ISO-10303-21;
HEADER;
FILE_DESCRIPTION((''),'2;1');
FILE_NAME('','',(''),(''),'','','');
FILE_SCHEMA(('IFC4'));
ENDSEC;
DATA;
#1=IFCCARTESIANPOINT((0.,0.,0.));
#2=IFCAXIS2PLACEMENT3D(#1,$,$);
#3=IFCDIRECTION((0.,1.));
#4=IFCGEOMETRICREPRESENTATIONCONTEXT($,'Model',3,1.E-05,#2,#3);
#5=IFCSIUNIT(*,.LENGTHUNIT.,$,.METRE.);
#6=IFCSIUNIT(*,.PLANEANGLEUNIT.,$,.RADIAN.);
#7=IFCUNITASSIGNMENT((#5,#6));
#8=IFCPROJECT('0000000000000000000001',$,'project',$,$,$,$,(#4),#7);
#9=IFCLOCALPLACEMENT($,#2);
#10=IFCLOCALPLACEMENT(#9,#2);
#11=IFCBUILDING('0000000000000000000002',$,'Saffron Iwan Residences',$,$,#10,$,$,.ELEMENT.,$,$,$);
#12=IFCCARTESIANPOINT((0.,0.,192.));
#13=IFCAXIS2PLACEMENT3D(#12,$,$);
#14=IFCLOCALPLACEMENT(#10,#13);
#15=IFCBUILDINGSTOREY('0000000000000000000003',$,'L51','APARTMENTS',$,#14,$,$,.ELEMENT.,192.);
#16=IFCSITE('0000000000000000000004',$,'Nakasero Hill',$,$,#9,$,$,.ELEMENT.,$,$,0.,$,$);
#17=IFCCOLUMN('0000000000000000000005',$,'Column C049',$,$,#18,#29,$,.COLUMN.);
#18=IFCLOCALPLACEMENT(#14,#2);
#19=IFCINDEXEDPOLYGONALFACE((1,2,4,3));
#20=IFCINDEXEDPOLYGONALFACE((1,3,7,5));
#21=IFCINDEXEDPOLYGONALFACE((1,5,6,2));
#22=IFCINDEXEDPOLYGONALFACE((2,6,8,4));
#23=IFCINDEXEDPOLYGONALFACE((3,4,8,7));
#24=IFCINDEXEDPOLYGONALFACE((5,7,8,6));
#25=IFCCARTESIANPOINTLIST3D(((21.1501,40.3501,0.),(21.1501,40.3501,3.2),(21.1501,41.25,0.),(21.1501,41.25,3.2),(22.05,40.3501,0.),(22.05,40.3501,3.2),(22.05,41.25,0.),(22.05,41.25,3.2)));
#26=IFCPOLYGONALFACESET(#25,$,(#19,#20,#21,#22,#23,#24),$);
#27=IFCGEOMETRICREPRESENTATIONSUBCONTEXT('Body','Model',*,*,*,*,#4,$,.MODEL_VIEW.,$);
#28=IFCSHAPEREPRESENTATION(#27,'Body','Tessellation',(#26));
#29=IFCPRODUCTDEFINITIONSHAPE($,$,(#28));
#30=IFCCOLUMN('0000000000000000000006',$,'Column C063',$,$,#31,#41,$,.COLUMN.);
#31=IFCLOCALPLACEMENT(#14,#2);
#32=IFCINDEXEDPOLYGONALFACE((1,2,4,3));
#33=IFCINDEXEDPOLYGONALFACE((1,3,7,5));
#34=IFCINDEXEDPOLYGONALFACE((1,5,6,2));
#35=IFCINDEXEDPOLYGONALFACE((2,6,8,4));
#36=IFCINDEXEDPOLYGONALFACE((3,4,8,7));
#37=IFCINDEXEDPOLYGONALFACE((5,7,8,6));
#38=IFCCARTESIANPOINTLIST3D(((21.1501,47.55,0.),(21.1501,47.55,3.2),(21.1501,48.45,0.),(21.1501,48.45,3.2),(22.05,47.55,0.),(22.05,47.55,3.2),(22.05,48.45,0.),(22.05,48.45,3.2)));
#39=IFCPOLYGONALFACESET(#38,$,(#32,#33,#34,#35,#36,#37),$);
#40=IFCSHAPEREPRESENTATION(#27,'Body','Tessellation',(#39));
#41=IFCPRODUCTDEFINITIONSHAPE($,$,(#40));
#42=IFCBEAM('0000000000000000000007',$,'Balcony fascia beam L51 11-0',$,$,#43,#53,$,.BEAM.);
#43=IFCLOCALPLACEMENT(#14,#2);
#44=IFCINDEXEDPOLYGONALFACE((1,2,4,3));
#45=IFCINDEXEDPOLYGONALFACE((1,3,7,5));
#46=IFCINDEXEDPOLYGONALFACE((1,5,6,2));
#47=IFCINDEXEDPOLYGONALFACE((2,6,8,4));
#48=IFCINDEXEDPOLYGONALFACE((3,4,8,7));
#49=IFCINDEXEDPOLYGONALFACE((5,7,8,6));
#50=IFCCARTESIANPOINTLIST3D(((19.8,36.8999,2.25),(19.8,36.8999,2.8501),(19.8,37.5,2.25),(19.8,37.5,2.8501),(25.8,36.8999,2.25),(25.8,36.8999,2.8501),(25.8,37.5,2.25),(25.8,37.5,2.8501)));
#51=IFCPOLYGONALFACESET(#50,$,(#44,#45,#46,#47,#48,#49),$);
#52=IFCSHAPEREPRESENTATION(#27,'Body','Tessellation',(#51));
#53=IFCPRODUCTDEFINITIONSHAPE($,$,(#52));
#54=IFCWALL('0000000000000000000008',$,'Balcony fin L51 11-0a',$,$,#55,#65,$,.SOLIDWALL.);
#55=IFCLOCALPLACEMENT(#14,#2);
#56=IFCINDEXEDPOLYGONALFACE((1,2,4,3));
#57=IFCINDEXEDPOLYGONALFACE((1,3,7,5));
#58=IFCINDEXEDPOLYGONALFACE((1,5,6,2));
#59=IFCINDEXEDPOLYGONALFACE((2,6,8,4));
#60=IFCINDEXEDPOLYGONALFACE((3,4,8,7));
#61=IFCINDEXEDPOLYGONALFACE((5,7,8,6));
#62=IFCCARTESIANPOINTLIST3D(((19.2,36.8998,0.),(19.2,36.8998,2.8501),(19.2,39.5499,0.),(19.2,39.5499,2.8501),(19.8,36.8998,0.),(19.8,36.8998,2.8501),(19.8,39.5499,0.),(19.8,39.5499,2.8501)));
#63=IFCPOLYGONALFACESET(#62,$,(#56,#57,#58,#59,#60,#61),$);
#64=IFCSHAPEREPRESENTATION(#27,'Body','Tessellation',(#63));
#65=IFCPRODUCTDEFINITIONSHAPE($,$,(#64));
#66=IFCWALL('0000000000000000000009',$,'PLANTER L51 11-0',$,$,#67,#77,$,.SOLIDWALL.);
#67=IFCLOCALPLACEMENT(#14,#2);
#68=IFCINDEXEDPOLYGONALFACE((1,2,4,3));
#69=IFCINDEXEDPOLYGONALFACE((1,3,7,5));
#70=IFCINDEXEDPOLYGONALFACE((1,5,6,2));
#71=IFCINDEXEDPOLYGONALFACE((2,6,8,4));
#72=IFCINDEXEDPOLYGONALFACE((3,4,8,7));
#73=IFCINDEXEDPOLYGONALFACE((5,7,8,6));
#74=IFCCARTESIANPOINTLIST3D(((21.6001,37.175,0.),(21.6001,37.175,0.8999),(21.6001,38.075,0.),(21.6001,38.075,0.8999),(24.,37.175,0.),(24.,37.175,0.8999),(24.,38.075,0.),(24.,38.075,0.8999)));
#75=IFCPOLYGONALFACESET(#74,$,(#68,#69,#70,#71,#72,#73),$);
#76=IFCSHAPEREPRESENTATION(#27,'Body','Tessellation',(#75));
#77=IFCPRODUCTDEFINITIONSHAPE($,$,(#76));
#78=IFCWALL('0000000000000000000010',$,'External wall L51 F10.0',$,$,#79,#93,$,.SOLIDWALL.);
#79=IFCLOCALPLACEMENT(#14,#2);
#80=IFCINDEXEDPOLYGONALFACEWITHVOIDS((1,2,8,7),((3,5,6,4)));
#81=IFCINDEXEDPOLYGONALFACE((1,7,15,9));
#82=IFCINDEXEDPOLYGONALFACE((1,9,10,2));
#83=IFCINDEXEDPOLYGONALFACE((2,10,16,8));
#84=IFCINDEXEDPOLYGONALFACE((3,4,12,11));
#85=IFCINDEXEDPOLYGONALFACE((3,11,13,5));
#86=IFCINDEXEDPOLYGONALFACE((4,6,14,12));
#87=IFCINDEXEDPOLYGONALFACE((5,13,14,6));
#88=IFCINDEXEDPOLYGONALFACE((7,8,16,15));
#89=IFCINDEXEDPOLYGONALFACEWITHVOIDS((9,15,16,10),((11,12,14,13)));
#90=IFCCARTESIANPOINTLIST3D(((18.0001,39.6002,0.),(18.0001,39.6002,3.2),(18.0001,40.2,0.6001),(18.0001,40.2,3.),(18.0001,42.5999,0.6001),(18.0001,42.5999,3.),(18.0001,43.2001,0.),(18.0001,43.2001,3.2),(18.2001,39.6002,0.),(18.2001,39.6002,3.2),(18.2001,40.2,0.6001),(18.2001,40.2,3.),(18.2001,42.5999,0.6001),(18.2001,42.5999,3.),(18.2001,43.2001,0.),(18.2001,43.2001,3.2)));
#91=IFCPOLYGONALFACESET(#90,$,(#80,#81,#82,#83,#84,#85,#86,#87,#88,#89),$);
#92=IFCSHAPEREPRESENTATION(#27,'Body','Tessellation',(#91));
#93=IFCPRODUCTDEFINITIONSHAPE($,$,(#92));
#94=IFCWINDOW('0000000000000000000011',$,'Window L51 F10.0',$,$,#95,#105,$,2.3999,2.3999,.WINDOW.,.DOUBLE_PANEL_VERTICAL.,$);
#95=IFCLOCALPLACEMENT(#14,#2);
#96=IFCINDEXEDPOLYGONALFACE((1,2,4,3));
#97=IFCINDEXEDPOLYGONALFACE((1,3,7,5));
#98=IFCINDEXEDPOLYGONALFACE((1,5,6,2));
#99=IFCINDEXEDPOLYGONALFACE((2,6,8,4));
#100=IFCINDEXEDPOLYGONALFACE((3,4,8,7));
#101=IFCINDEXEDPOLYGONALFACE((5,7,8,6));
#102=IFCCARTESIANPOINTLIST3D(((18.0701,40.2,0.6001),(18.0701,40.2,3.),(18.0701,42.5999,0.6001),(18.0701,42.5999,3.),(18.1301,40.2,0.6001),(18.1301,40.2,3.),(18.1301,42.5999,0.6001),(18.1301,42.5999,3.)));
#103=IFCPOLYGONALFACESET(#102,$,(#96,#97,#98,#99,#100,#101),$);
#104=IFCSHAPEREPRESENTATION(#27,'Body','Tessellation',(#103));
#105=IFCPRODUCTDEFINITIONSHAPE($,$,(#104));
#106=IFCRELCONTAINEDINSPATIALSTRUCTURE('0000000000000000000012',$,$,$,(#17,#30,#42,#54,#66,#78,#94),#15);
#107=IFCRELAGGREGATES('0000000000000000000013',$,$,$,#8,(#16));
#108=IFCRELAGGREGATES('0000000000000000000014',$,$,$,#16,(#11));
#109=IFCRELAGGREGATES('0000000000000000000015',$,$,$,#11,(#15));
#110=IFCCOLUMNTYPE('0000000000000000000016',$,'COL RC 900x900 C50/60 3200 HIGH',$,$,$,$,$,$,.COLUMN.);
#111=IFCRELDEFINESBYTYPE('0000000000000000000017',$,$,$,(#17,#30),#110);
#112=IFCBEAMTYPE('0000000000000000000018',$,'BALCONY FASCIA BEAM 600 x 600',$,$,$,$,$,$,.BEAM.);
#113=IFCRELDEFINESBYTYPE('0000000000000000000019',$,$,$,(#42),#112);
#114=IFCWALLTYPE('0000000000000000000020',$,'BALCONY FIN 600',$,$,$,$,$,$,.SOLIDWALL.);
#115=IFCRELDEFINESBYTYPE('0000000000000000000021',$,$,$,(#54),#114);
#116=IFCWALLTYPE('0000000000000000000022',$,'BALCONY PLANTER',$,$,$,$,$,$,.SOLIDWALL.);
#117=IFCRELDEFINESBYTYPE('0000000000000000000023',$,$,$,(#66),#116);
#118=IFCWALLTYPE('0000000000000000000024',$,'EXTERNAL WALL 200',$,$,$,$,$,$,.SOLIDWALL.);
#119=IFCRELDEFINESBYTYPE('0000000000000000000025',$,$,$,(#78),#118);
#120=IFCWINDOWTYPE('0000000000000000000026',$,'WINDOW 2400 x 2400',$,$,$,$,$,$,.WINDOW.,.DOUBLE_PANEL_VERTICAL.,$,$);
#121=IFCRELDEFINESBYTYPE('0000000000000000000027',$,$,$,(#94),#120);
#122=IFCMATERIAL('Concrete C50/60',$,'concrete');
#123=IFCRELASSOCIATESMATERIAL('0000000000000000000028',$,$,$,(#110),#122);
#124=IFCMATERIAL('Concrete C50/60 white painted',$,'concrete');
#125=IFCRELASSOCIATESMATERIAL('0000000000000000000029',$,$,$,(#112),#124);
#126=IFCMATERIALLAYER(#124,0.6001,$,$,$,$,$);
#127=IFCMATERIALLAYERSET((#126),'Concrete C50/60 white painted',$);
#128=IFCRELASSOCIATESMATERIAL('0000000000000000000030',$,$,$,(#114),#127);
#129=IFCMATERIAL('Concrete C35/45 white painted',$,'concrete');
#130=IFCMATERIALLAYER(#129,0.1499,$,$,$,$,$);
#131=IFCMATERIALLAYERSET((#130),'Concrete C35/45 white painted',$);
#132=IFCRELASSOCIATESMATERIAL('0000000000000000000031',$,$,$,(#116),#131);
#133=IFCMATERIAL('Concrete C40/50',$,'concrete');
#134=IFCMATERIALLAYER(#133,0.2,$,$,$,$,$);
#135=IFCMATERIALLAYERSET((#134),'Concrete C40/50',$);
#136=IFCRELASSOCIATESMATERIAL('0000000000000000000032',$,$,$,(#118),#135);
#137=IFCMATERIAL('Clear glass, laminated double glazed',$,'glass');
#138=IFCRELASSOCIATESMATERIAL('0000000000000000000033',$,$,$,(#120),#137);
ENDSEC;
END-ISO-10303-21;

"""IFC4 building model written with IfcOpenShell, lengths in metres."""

from ifc_helpers import new_model, si_unit, direction, frame, frame_2d, origin, origin_2d, place, context, subcontext, project, spatial, rectangle, extrude, source, transform, mapped, material, layer, layer_set, material_profile, profile_set, type_object, element, fill, save


model = new_model("IFC4")

# Units and contexts
model_context = context("Model", 3, precision=1e-05, world=origin(), true_north=direction((0.0, 1.0)))
body_context = subcontext(model_context, "Body", "Model", "MODEL_VIEW")
ifc_project = project(units=[si_unit("LENGTHUNIT", "METRE"), si_unit("PLANEANGLEUNIT", "RADIAN")], contexts=[model_context])

# Site, building, storey
site_placement = place(None, origin())
site = spatial("IfcSite", under=ifc_project, at=site_placement, Name="Nakasero Hill", CompositionType="ELEMENT", RefElevation=0.0)
building_placement = place(site_placement, origin())
building = spatial("IfcBuilding", under=site, at=building_placement, Name="Saffron Iwan Residences", CompositionType="ELEMENT")
storey_placement = place(building_placement, frame((0.0, 0.0, 192.0)))
storey = spatial("IfcBuildingStorey", under=building, at=storey_placement, Name="L51", Description="APARTMENTS", CompositionType="ELEMENT", Elevation=192.0)

# Columns
ifc_material_1 = material(Name="Concrete C50/60", Category="concrete")
ifc_material_profile_1 = material_profile(ifc_material_1, rectangle(XDim=0.8999, YDim=0.8999, at=origin_2d()), Name="RC 900x900")
ifc_profile_set_1 = profile_set([ifc_material_profile_1], Name="Concrete C50/60")
column_type = type_object("IfcColumnType", Name="COL RC 900x900 C50/60 3200 HIGH", PredefinedType="COLUMN", material=ifc_profile_set_1)
shared_shape_1 = source(origin(), body_context, "Body", "SweptSolid", [
    extrude(rectangle(XDim=0.8999, YDim=0.8999, at=origin_2d()), origin(), (0.0, 0.0, 1.0), 3.2),
])
for number, where, z_axis, x_axis, name in (
    (1, (21.6001, 40.8, 0.0), (0.0, 0.0, 1.0), (1.0, 0.0, 0.0), "Column C049"),
    (2, (21.6001, 48.0, 0.0), (0.0, 0.0, 1.0), (1.0, 0.0, 0.0), "Column C063"),
):
    element("IfcColumn", number, at=place(storey_placement, frame(where, z_axis=z_axis, x_axis=x_axis)), inside=storey, type_object=column_type, Name=name, PredefinedType="COLUMN", context=body_context, shape_type="MappedRepresentation", body=[
        mapped(shared_shape_1, transform((0.0, 0.0, 0.0))),
    ])

# Beam
ifc_material_2 = material(Name="Concrete C50/60 white painted", Category="concrete")
ifc_material_profile_2 = material_profile(ifc_material_2, rectangle(XDim=0.6001, YDim=0.6001, at=origin_2d()), Name="BALCONY FASCIA BEAM 600 x 600")
ifc_profile_set_2 = profile_set([ifc_material_profile_2], Name="Concrete C50/60 white painted")
beam_type = type_object("IfcBeamType", Name="BALCONY FASCIA BEAM 600 x 600", PredefinedType="BEAM", material=ifc_profile_set_2)
shared_shape_2 = source(origin(), body_context, "Body", "SweptSolid", [
    extrude(rectangle(XDim=0.6001, YDim=0.6001, at=origin_2d()), origin(), (0.0, 0.0, 1.0), 6.0),
])
beam_placement = place(storey_placement, frame((19.8, 37.2, 2.55), z_axis=(1.0, 0.0, 0.0), x_axis=(0.0, 1.0, 0.0)))
element("IfcBeam", 3, at=beam_placement, inside=storey, type_object=beam_type, Name="Balcony fascia beam L51 11-0", PredefinedType="BEAM", context=body_context, shape_type="MappedRepresentation", body=[
    mapped(shared_shape_2, transform((0.0, 0.0, 0.0))),
])

# Walls
ifc_layer_1 = layer(ifc_material_2, 0.6001)
ifc_layer_set_1 = layer_set([ifc_layer_1], Name="Concrete C50/60 white painted")
wall_type_1 = type_object("IfcWallType", Name="BALCONY FIN 600", PredefinedType="SOLIDWALL", material=ifc_layer_set_1)
wall_1_placement = place(storey_placement, frame((19.5, 39.55, 0.0), z_axis=(0.0, 0.0, 1.0), x_axis=(0.0, -1.0, 0.0)))
element("IfcWall", 4, at=wall_1_placement, inside=storey, type_object=wall_type_1, Name="Balcony fin L51 11-0a", PredefinedType="SOLIDWALL", context=body_context, shape_type="SweptSolid", body=[
    extrude(rectangle(XDim=2.6501, YDim=0.6001, at=frame_2d((1.3252, 0.0))), origin(), (0.0, 0.0, 1.0), 2.8501),
])
ifc_material_3 = material(Name="Concrete C35/45 white painted", Category="concrete")
ifc_layer_2 = layer(ifc_material_3, 0.1499)
ifc_layer_set_2 = layer_set([ifc_layer_2], Name="Concrete C35/45 white painted")
wall_type_2 = type_object("IfcWallType", Name="BALCONY PLANTER", PredefinedType="SOLIDWALL", material=ifc_layer_set_2)
wall_2_placement = place(storey_placement, frame((21.6001, 37.625, 0.0), z_axis=(0.0, 0.0, 1.0), x_axis=(1.0, 0.0, 0.0)))
element("IfcWall", 5, at=wall_2_placement, inside=storey, type_object=wall_type_2, Name="PLANTER L51 11-0", PredefinedType="SOLIDWALL", context=body_context, shape_type="SweptSolid", body=[
    extrude(rectangle(XDim=2.3999, YDim=0.8999, at=frame_2d((1.2, 0.0))), origin(), (0.0, 0.0, 1.0), 0.8999),
])

# Wall, opening, window
ifc_material_4 = material(Name="Concrete C40/50", Category="concrete")
ifc_layer_3 = layer(ifc_material_4, 0.2)
ifc_layer_set_3 = layer_set([ifc_layer_3], Name="Concrete C40/50")
wall_type_3 = type_object("IfcWallType", Name="EXTERNAL WALL 200", PredefinedType="SOLIDWALL", material=ifc_layer_set_3)
wall_3_placement = place(storey_placement, frame((18.1001, 43.2, 0.0), z_axis=(0.0, 0.0, 1.0), x_axis=(0.0, -1.0, 0.0)))
wall_3 = element("IfcWall", 6, at=wall_3_placement, inside=storey, type_object=wall_type_3, Name="External wall L51 F10.0", PredefinedType="SOLIDWALL", context=body_context, shape_type="SweptSolid", body=[
    extrude(rectangle(XDim=3.5999, YDim=0.2, at=frame_2d((1.7998, 0.0))), origin(), (0.0, 0.0, 1.0), 3.2),
])
opening_1_placement = place(wall_3_placement, frame((0.6001, 0.0, 0.6001)))
opening_1 = element("IfcOpeningElement", 7, at=opening_1_placement, cuts=wall_3, PredefinedType="OPENING", context=body_context, shape_type="SweptSolid", body=[
    extrude(rectangle(XDim=2.3999, YDim=2.3999, at=frame_2d((1.2, 1.2))), frame((0.0, 0.1099, 0.0), z_axis=(0.0, -1.0, 0.0), x_axis=(1.0, 0.0, 0.0)), (0.0, 0.0, 1.0), 0.22),
])
ifc_material_5 = material(Name="Clear glass, laminated double glazed", Category="glass")
window_type_1 = type_object("IfcWindowType", Name="WINDOW 2400 x 2400", PartitioningType="DOUBLE_PANEL_VERTICAL", PredefinedType="WINDOW", material=ifc_material_5)
window_1_placement = place(opening_1_placement, origin())
window_1 = element("IfcWindow", 8, at=window_1_placement, inside=storey, type_object=window_type_1, Name="Window L51 F10.0", OverallHeight=2.3999, OverallWidth=2.3999, PartitioningType="DOUBLE_PANEL_VERTICAL", PredefinedType="WINDOW", context=body_context, shape_type="SweptSolid", body=[
    extrude(rectangle(XDim=2.3999, YDim=2.3999, at=frame_2d((1.2, 1.2))), frame((0.0, 0.03, 0.0), z_axis=(0.0, -1.0, 0.0), x_axis=(1.0, 0.0, 0.0)), (0.0, 0.0, 1.0), 0.0601),
])
fill(opening_1, window_1)

save(model, "model.ifc")
